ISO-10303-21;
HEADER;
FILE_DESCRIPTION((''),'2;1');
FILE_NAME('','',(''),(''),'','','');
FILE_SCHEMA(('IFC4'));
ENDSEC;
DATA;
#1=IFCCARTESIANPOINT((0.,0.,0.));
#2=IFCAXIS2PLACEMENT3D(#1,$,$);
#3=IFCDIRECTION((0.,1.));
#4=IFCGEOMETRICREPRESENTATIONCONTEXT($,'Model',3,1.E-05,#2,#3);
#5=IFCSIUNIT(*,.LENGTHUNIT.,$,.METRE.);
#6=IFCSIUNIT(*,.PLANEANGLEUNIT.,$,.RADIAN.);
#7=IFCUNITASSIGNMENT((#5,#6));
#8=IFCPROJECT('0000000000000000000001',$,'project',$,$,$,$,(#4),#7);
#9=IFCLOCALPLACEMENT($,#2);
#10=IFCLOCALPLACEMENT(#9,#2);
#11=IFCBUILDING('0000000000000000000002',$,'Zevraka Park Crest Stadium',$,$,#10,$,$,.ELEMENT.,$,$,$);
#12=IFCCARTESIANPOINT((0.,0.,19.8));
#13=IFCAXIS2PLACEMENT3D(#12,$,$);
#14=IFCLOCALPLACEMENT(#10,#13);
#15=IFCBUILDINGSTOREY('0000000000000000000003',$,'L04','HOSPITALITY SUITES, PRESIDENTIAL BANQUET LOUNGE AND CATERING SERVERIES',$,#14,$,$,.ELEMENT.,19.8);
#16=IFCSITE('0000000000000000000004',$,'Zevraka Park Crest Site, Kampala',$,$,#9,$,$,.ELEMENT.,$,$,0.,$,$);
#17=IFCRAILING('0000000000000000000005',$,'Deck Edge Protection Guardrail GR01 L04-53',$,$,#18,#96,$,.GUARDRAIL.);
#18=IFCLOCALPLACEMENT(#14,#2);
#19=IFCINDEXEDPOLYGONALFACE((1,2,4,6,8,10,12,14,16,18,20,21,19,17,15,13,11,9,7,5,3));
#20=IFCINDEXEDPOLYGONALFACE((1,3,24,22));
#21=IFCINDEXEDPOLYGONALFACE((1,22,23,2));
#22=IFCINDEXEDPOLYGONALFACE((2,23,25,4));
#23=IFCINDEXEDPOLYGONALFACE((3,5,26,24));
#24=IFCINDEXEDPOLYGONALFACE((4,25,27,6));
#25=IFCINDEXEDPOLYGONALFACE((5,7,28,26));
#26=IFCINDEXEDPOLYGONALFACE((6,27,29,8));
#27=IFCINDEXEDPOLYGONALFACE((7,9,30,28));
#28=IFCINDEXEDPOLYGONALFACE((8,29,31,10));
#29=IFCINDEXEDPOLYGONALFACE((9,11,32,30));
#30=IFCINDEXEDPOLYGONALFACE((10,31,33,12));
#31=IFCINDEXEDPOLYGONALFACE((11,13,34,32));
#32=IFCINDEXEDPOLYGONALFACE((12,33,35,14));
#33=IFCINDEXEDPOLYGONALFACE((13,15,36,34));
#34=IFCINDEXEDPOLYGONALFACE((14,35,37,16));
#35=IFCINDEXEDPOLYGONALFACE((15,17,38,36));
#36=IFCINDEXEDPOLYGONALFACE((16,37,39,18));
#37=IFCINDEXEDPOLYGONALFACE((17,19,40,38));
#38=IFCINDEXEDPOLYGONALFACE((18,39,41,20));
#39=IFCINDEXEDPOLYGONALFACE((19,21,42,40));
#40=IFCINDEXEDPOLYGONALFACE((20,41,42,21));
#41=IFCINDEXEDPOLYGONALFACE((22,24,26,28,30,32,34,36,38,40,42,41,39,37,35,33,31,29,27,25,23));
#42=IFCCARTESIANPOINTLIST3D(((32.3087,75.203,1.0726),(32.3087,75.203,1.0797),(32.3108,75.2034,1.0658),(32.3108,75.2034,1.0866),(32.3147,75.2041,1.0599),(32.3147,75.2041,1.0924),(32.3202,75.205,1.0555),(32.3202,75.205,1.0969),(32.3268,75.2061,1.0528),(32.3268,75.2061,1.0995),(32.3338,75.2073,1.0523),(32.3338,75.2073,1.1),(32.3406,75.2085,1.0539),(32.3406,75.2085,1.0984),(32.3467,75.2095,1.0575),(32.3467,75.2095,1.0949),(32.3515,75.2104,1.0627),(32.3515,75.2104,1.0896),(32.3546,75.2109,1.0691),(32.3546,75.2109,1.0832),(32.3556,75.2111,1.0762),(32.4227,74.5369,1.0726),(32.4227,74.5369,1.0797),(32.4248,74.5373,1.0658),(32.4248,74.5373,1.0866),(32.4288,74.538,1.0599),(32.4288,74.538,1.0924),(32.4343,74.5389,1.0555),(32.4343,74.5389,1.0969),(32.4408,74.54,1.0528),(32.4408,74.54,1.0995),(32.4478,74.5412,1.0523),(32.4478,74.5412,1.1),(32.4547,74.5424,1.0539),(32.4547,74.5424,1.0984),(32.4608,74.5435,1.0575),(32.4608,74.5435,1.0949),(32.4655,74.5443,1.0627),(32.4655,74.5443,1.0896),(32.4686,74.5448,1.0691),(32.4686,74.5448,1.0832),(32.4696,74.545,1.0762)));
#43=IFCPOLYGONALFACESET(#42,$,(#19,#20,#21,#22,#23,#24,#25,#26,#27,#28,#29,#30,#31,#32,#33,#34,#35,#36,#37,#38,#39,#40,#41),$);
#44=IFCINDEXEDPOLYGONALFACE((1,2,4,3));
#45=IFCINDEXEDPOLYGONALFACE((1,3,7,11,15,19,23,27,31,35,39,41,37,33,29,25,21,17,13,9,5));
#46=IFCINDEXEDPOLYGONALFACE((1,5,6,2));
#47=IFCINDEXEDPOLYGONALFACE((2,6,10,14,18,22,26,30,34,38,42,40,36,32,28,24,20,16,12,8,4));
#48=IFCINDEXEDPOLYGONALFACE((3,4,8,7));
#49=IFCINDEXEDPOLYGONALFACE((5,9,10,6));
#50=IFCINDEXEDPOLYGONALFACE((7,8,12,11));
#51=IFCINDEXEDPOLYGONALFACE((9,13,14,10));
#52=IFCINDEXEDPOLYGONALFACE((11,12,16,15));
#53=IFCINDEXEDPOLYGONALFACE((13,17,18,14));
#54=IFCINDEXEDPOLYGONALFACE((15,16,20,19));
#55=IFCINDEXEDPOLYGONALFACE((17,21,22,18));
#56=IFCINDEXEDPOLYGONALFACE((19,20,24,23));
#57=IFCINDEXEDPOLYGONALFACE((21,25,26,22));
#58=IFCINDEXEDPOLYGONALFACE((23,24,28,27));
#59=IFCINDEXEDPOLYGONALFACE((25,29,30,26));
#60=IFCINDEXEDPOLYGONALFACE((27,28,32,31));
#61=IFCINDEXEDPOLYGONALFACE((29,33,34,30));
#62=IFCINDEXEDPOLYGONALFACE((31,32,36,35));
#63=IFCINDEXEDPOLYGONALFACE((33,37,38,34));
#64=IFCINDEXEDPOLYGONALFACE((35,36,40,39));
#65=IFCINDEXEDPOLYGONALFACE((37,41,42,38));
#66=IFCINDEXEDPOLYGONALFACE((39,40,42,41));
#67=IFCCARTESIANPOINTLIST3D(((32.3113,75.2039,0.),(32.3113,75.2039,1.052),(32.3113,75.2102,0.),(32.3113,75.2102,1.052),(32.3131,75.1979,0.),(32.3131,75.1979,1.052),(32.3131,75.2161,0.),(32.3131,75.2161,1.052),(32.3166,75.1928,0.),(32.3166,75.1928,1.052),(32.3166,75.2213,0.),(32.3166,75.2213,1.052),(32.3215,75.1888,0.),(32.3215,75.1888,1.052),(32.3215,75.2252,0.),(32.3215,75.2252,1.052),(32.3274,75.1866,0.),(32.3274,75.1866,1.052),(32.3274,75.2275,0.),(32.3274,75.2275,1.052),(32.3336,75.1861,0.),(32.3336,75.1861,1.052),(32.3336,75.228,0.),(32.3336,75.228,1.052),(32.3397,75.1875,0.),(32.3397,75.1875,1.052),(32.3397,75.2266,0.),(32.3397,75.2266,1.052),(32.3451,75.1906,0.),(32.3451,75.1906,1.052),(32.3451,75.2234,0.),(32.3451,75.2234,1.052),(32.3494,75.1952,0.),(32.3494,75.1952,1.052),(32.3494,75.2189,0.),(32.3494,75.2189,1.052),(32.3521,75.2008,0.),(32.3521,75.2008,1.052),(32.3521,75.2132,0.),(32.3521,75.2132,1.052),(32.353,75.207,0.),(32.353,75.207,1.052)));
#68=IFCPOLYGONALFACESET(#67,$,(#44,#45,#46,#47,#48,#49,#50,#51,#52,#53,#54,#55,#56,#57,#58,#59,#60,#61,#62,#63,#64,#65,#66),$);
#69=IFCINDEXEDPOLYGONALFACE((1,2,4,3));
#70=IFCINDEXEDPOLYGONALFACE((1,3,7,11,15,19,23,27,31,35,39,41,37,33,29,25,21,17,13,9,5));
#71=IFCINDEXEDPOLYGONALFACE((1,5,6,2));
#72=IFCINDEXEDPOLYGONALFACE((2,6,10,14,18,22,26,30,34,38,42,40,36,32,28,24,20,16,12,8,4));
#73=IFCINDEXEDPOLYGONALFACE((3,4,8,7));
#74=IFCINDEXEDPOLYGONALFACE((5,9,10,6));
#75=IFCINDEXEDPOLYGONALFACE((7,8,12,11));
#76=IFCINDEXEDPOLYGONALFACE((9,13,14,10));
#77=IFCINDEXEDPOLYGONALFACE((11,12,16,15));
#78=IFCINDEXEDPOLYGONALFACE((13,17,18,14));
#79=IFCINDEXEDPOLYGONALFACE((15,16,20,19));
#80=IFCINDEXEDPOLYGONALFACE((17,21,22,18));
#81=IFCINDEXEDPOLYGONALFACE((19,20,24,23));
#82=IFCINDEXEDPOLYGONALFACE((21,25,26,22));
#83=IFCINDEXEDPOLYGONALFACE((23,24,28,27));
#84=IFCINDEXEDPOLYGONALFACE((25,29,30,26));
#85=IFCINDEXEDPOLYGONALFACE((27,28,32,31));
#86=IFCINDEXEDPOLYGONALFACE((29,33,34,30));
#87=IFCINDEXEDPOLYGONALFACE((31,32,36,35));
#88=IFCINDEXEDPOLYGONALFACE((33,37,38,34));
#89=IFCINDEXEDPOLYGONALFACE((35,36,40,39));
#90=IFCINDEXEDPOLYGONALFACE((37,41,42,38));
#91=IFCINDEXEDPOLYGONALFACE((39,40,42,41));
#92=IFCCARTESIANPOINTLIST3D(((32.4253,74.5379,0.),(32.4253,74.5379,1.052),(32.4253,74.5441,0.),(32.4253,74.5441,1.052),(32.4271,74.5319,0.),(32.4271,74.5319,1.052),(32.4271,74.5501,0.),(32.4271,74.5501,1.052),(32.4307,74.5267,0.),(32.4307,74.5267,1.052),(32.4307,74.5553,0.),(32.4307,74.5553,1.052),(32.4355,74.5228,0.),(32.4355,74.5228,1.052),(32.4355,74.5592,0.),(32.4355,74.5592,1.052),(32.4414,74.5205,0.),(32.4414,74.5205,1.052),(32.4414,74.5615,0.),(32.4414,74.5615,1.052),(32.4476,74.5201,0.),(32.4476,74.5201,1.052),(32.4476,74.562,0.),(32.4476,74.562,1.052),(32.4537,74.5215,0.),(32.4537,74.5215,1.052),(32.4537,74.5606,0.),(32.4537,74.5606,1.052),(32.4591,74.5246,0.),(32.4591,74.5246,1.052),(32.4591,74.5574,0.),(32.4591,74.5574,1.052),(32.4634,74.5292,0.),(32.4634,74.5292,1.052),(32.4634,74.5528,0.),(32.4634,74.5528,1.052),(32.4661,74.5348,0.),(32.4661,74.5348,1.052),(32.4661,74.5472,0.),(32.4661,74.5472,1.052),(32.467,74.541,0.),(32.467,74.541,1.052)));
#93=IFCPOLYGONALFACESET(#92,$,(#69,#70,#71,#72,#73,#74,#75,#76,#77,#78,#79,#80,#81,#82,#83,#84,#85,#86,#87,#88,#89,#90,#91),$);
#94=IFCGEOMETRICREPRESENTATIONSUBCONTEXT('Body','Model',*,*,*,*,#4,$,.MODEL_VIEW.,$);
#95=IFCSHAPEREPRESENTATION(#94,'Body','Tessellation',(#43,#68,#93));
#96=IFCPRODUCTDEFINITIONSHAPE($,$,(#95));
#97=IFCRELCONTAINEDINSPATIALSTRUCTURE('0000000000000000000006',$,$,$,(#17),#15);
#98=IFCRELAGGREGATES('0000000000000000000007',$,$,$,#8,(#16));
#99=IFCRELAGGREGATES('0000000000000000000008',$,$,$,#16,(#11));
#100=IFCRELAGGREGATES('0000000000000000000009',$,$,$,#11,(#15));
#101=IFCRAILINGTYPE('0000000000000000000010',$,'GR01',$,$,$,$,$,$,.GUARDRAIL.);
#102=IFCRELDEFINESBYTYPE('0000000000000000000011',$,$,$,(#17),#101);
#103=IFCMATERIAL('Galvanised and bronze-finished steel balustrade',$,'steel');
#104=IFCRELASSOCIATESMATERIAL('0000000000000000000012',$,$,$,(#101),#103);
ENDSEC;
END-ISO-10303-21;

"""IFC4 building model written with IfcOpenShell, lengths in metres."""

from ifc_helpers import new_model, si_unit, direction, frame, origin, origin_2d, place, context, subcontext, project, spatial, circle, extrude, material, type_object, element, save


model = new_model("IFC4")

# Units and contexts
model_context = context("Model", 3, precision=1e-05, world=origin(), true_north=direction((0.0, 1.0)))
body_context = subcontext(model_context, "Body", "Model", "MODEL_VIEW")
ifc_project = project(units=[si_unit("LENGTHUNIT", "METRE"), si_unit("PLANEANGLEUNIT", "RADIAN")], contexts=[model_context])

# Site, building, storey
site_placement = place(None, origin())
site = spatial("IfcSite", under=ifc_project, at=site_placement, Name="Zevraka Park Crest Site, Kampala", CompositionType="ELEMENT", RefElevation=0.0)
building_placement = place(site_placement, origin())
building = spatial("IfcBuilding", under=site, at=building_placement, Name="Zevraka Park Crest Stadium", CompositionType="ELEMENT")
storey_placement = place(building_placement, frame((0.0, 0.0, 19.8)))
storey = spatial("IfcBuildingStorey", under=building, at=storey_placement, Name="L04", Description="HOSPITALITY SUITES, PRESIDENTIAL BANQUET LOUNGE AND CATERING SERVERIES", CompositionType="ELEMENT", Elevation=19.8)

# Railing
ifc_material_1 = material(Name="Galvanised and bronze-finished steel balustrade", Category="steel")
railing_type_1 = type_object("IfcRailingType", Name="GR01", PredefinedType="GUARDRAIL", material=ifc_material_1)
railing_1_placement = place(storey_placement, frame((32.332, 75.207, 0.0)))
element("IfcRailing", 1, at=railing_1_placement, inside=storey, type_object=railing_type_1, Name="Deck Edge Protection Guardrail GR01 L04-53", PredefinedType="GUARDRAIL", context=body_context, shape_type="SweptSolid", body=[
    extrude(circle(Radius=0.0239, at=origin_2d()), frame((0.0, 0.0, 1.0762), z_axis=(0.168733, -0.985662, 0.0), x_axis=(0.985662, 0.168733, 0.0)), (0.0, 0.0, 1.0), 0.6758),
    extrude(circle(Radius=0.021, at=origin_2d()), origin(), (0.0, 0.0, 1.0), 1.052),
    extrude(circle(Radius=0.021, at=origin_2d()), frame((0.114, -0.666, 0.0)), (0.0, 0.0, 1.0), 1.052),
])

save(model, "model.ifc")
